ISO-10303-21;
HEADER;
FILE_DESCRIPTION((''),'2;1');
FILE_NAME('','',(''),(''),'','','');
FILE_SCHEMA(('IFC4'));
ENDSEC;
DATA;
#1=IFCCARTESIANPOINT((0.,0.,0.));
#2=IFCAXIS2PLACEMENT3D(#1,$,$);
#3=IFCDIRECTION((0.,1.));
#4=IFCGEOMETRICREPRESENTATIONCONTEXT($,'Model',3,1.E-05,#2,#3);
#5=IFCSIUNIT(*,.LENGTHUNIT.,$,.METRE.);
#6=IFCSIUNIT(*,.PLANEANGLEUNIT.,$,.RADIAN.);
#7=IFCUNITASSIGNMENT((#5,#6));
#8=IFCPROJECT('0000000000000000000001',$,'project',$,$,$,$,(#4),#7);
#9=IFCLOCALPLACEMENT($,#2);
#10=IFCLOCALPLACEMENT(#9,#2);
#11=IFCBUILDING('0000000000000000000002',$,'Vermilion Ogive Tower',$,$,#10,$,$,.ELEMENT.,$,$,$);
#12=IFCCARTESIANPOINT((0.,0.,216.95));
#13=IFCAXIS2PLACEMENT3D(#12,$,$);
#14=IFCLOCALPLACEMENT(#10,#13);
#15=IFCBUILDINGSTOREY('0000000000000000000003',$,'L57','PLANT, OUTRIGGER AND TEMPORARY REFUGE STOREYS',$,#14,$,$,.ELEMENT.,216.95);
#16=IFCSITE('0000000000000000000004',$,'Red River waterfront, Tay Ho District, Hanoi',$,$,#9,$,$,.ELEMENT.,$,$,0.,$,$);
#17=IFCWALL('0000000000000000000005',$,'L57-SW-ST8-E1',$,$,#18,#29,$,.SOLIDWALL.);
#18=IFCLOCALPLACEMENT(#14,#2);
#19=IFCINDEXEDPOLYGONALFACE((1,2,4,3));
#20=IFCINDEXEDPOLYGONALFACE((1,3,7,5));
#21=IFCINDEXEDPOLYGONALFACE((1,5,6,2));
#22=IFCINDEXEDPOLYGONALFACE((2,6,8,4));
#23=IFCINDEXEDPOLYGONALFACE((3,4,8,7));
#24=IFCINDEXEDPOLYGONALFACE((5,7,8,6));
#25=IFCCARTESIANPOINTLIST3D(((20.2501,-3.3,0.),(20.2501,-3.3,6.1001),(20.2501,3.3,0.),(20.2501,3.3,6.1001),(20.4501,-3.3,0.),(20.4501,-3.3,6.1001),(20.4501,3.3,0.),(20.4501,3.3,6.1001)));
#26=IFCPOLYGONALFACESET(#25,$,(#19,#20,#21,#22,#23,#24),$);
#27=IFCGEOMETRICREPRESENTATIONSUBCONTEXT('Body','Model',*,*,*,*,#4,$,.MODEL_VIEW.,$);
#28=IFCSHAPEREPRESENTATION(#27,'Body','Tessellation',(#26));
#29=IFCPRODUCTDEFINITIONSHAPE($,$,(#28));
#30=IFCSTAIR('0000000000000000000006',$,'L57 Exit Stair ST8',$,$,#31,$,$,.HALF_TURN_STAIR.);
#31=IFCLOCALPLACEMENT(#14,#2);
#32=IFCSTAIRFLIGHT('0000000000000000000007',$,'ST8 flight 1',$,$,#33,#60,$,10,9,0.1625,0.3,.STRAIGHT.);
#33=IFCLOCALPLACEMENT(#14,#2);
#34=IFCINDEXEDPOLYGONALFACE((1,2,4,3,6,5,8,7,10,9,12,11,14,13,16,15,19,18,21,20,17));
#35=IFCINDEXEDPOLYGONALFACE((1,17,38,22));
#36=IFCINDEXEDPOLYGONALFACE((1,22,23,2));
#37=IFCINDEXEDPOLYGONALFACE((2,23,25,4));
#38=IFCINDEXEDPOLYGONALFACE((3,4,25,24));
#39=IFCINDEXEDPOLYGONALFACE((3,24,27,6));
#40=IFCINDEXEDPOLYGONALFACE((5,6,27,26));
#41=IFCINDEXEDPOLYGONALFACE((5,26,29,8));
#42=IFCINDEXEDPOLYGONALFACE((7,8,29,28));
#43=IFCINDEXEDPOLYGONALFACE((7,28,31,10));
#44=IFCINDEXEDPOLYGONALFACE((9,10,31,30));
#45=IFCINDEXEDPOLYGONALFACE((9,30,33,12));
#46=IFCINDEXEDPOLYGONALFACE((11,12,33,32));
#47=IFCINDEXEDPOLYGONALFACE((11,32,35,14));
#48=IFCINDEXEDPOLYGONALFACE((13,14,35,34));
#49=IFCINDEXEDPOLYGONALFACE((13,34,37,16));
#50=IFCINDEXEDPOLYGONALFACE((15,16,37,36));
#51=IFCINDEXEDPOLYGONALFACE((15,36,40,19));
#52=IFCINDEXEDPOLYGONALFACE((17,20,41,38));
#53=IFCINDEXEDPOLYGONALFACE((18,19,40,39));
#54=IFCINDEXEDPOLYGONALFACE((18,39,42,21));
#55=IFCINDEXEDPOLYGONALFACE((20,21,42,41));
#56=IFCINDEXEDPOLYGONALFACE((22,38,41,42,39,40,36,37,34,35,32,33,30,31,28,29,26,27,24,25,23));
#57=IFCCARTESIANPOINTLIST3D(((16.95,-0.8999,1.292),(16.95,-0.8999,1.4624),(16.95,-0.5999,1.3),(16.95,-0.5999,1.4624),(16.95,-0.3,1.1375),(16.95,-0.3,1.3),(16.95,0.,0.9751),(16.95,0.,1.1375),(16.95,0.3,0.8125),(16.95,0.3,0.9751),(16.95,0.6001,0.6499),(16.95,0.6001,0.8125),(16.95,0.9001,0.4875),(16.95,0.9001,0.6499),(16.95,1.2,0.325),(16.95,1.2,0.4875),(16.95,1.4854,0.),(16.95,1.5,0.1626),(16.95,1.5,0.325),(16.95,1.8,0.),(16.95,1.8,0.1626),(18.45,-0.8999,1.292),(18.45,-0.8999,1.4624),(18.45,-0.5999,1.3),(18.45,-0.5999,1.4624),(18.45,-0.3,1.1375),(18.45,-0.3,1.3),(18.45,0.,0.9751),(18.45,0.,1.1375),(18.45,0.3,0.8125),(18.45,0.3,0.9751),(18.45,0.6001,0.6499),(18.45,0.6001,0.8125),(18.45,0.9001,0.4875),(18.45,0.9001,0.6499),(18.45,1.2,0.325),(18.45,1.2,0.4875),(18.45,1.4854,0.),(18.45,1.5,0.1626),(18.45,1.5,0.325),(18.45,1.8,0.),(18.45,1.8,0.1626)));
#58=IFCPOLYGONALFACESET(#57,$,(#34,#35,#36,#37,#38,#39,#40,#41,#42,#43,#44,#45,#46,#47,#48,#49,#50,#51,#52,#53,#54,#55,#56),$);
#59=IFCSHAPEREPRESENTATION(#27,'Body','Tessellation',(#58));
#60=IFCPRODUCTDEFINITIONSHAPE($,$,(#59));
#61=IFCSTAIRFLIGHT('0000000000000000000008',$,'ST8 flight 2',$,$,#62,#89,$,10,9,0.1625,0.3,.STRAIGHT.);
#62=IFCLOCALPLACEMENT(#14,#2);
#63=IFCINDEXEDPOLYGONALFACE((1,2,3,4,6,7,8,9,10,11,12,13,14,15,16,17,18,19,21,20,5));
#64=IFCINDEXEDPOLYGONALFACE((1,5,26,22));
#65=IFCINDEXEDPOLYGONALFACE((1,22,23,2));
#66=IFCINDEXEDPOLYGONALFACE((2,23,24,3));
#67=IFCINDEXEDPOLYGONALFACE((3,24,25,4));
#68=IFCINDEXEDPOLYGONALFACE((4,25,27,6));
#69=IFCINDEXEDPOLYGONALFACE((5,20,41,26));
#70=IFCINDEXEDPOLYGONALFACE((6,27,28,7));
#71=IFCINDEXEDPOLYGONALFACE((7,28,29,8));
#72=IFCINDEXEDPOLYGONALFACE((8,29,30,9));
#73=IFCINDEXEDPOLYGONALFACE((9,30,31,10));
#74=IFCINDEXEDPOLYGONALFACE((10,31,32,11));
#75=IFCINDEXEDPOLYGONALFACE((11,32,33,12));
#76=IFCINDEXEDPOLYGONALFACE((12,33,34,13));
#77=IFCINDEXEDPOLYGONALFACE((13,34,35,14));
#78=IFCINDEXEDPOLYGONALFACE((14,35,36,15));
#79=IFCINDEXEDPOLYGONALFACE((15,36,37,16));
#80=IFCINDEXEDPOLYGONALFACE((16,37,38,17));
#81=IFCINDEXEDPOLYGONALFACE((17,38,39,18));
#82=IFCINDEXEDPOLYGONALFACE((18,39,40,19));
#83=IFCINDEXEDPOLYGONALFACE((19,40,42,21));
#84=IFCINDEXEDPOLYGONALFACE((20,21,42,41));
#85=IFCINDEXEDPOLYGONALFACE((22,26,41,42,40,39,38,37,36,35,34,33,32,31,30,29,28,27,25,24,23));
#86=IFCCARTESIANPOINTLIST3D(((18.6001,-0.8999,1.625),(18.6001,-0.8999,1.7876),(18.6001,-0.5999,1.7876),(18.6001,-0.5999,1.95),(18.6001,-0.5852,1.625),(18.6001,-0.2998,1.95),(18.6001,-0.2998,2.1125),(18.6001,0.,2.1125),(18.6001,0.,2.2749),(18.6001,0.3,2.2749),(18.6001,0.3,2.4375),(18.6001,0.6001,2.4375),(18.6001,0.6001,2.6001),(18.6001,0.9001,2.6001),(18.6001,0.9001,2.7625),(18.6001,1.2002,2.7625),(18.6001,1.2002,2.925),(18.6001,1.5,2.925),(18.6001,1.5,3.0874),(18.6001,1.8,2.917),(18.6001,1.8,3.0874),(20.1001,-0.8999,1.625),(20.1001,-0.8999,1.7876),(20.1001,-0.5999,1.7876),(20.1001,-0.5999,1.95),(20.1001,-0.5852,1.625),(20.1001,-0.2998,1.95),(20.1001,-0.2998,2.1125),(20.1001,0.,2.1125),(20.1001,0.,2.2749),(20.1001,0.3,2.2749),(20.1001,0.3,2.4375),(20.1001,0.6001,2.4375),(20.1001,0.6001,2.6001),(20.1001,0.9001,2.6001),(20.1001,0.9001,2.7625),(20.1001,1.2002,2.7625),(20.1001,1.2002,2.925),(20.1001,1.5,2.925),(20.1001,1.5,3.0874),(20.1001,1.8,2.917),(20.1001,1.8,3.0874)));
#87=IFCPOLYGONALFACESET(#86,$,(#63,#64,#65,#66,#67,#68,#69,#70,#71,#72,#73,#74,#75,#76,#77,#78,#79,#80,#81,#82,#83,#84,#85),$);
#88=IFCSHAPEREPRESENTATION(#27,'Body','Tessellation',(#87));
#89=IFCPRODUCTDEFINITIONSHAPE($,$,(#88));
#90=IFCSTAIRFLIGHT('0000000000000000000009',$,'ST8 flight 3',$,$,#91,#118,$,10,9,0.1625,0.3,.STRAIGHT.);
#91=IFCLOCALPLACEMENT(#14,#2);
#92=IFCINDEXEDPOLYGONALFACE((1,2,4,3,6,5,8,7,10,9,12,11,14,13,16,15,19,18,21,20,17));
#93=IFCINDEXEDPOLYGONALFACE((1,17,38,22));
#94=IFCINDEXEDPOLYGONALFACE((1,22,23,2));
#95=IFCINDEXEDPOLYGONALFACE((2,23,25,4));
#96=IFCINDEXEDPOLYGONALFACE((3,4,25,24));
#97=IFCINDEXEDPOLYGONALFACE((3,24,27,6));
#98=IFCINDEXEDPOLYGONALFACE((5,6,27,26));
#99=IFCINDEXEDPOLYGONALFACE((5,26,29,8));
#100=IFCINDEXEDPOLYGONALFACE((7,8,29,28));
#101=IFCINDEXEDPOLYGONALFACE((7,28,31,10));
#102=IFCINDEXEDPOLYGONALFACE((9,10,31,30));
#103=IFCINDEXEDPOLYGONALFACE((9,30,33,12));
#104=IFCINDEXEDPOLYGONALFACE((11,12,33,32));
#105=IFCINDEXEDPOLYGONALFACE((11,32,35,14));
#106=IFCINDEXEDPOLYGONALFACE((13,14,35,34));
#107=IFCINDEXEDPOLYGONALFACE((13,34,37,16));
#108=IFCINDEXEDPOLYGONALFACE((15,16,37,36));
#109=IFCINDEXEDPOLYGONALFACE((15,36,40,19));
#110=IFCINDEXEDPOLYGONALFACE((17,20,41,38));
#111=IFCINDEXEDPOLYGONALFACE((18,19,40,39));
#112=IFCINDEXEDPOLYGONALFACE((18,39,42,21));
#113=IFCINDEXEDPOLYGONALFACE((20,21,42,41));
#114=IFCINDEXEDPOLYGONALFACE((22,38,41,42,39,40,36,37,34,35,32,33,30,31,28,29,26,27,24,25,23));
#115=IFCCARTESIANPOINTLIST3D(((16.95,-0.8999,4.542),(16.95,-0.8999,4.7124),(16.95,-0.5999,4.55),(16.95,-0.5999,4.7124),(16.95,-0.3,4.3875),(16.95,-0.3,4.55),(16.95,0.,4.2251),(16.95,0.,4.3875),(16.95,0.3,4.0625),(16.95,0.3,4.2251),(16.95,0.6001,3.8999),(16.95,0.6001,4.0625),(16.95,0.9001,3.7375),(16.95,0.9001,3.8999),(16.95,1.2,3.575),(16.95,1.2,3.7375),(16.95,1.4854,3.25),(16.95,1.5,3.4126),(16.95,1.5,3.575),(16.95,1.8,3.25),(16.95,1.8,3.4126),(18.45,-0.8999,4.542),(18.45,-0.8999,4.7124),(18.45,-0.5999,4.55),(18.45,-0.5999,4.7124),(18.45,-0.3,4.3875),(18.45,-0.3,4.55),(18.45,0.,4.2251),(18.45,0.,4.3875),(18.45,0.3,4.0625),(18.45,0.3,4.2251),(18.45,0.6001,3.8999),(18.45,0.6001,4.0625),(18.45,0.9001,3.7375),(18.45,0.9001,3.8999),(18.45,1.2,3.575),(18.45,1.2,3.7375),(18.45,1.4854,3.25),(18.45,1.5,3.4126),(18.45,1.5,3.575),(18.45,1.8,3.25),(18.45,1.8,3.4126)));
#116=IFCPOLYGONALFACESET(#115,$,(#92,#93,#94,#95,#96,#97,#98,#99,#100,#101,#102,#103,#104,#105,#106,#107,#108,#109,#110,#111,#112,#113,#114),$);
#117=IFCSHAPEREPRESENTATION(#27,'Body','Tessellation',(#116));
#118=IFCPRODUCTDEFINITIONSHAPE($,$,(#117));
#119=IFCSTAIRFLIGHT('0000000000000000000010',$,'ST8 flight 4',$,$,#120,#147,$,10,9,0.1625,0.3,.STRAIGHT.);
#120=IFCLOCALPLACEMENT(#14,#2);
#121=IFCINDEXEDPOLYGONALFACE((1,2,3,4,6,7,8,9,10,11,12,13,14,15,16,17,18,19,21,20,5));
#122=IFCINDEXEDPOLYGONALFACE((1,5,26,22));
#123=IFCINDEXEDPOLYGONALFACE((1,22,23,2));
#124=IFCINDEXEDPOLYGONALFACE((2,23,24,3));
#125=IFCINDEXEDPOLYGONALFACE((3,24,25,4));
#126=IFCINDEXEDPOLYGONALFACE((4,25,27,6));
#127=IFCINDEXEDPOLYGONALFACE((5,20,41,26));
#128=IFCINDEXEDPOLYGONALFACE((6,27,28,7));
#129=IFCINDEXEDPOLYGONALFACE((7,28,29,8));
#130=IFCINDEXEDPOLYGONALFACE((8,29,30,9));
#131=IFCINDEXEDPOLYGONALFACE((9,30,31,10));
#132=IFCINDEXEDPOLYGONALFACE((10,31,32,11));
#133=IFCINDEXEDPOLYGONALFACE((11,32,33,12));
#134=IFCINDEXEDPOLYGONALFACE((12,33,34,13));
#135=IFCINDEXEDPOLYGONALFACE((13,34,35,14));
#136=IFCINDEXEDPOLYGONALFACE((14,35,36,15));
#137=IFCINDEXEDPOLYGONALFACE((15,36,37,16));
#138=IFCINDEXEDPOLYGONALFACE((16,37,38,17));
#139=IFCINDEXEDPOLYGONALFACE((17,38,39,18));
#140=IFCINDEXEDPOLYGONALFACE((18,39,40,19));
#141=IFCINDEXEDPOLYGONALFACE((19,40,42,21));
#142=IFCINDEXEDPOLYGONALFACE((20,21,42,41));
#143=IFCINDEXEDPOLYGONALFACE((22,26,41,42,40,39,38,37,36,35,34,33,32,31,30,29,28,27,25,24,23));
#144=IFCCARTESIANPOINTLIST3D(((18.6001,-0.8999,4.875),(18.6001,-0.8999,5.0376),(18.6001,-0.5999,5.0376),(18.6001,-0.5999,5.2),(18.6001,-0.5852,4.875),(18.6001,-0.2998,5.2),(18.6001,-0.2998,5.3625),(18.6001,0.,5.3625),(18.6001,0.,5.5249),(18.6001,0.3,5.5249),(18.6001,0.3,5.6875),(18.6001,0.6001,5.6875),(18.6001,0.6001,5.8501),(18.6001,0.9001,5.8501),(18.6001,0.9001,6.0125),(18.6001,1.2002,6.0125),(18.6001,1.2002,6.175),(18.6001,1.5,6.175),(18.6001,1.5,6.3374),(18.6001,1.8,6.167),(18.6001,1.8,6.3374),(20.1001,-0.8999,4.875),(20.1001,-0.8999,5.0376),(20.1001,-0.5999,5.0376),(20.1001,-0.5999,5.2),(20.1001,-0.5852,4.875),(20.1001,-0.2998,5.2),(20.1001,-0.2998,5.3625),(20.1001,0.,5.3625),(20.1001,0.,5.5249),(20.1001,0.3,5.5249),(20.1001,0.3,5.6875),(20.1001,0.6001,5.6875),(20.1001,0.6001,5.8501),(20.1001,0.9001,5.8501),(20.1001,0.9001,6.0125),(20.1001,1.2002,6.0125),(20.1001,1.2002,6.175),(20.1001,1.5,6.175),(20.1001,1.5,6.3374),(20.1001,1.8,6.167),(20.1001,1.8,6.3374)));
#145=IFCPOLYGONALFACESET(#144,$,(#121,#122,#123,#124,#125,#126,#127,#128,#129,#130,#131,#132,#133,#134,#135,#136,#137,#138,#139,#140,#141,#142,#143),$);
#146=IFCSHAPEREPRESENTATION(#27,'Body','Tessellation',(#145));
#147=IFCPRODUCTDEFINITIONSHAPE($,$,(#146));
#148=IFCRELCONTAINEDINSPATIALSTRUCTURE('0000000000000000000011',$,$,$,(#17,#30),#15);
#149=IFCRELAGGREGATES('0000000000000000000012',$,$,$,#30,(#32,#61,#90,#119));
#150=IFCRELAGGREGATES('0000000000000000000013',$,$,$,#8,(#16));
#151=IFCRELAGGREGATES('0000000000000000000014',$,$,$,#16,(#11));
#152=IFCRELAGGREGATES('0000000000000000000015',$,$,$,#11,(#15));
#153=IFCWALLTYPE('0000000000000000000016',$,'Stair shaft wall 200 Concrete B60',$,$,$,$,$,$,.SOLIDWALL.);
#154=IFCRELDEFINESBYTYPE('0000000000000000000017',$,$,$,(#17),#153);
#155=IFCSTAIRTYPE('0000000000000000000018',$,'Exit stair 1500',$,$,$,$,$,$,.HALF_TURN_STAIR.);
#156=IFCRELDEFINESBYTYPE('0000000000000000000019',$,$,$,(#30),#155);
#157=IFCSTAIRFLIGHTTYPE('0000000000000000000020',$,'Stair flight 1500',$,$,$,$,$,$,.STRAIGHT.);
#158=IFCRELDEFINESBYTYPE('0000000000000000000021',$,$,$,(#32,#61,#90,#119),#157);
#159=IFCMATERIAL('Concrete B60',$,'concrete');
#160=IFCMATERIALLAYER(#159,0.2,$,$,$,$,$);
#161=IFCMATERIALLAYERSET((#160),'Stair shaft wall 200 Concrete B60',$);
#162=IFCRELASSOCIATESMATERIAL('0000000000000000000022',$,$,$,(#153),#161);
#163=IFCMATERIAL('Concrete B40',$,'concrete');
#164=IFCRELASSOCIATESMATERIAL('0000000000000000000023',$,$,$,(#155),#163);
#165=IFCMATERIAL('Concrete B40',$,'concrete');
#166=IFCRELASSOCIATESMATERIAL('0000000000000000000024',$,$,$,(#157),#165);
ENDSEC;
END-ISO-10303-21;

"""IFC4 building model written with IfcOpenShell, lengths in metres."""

from ifc_helpers import new_model, si_unit, direction, frame, frame_2d, origin, place, context, subcontext, project, spatial, polyline, rectangle, outline, extrude, material, layer, layer_set, type_object, element, aggregate, save


model = new_model("IFC4")

# Units and contexts
model_context = context("Model", 3, precision=1e-05, world=origin(), true_north=direction((0.0, 1.0)))
body_context = subcontext(model_context, "Body", "Model", "MODEL_VIEW")
ifc_project = project(units=[si_unit("LENGTHUNIT", "METRE"), si_unit("PLANEANGLEUNIT", "RADIAN")], contexts=[model_context])

# Site, building, storey
site_placement = place(None, origin())
site = spatial("IfcSite", under=ifc_project, at=site_placement, Name="Red River waterfront, Tay Ho District, Hanoi", CompositionType="ELEMENT", RefElevation=0.0)
building_placement = place(site_placement, origin())
building = spatial("IfcBuilding", under=site, at=building_placement, Name="Vermilion Ogive Tower", CompositionType="ELEMENT")
storey_placement = place(building_placement, frame((0.0, 0.0, 216.95)))
storey = spatial("IfcBuildingStorey", under=building, at=storey_placement, Name="L57", Description="PLANT, OUTRIGGER AND TEMPORARY REFUGE STOREYS", CompositionType="ELEMENT", Elevation=216.95)

# Wall
ifc_material_1 = material(Name="Concrete B60", Category="concrete")
ifc_layer_1 = layer(ifc_material_1, 0.2)
ifc_layer_set_1 = layer_set([ifc_layer_1], Name="Stair shaft wall 200 Concrete B60")
wall_type = type_object("IfcWallType", Name="Stair shaft wall 200 Concrete B60", PredefinedType="SOLIDWALL", material=ifc_layer_set_1)
wall_1_placement = place(storey_placement, frame((20.3501, -3.3, 0.0), z_axis=(0.0, 0.0, 1.0), x_axis=(0.0, 1.0, 0.0)))
element("IfcWall", 1, at=wall_1_placement, inside=storey, type_object=wall_type, Name="L57-SW-ST8-E1", PredefinedType="SOLIDWALL", context=body_context, shape_type="SweptSolid", body=[
    extrude(rectangle(XDim=6.6001, YDim=0.2, at=frame_2d((3.3, 0.0))), origin(), (0.0, 0.0, 1.0), 6.1001),
])

# Stair, stair flights
ifc_material_2 = material(Name="Concrete B40", Category="concrete")
stair_type = type_object("IfcStairType", Name="Exit stair 1500", PredefinedType="HALF_TURN_STAIR", material=ifc_material_2)
stair_placement = place(storey_placement, origin())
stair = element("IfcStair", 2, at=stair_placement, inside=storey, type_object=stair_type, Name="L57 Exit Stair ST8", PredefinedType="HALF_TURN_STAIR")
ifc_material_3 = material(Name="Concrete B40", Category="concrete")
stair_flight_type = type_object("IfcStairFlightType", Name="Stair flight 1500", PredefinedType="STRAIGHT", material=ifc_material_3)
stair_flight_1_placement = place(storey_placement, frame((17.7, 1.8, 0.0), z_axis=(0.0, 0.0, 1.0), x_axis=(0.0, -1.0, 0.0)))
stair_flight_1 = element("IfcStairFlight", 3, at=stair_flight_1_placement, type_object=stair_flight_type, Name="ST8 flight 1", NumberOfRisers=10, NumberOfTreads=9, PredefinedType="STRAIGHT", RiserHeight=0.1625, TreadLength=0.3, context=body_context, shape_type="SweptSolid", body=[
    extrude(outline(polyline([(0.0, 0.0), (0.0, 0.1626), (0.3, 0.1626), (0.3, 0.325), (0.6001, 0.325), (0.6001, 0.4875), (0.8999, 0.4875), (0.8999, 0.6499), (1.2, 0.6499), (1.2, 0.8125), (1.5, 0.8125), (1.5, 0.9751), (1.8, 0.9751), (1.8, 1.1375), (2.1001, 1.1375), (2.1001, 1.3), (2.3999, 1.3), (2.3999, 1.4624), (2.7, 1.4624), (2.7, 1.625), (2.7, 1.292), (0.3147, 0.0), (0.0, 0.0)])), frame((0.0, 0.75, 0.0), z_axis=(0.0, -1.0, 0.0), x_axis=(1.0, 0.0, 0.0)), (0.0, 0.0, 1.0), 1.5),
])
stair_flight_2_placement = place(storey_placement, frame((19.3501, -0.8999, 1.625), z_axis=(0.0, 0.0, 1.0), x_axis=(0.0, 1.0, 0.0)))
stair_flight_2 = element("IfcStairFlight", 4, at=stair_flight_2_placement, type_object=stair_flight_type, Name="ST8 flight 2", NumberOfRisers=10, NumberOfTreads=9, PredefinedType="STRAIGHT", RiserHeight=0.1625, TreadLength=0.3, context=body_context, shape_type="SweptSolid", body=[
    extrude(outline(polyline([(0.0, 0.0), (0.0, 0.1626), (0.3, 0.1626), (0.3, 0.325), (0.6001, 0.325), (0.6001, 0.4875), (0.8999, 0.4875), (0.8999, 0.6499), (1.2, 0.6499), (1.2, 0.8125), (1.5, 0.8125), (1.5, 0.9751), (1.8, 0.9751), (1.8, 1.1375), (2.1001, 1.1375), (2.1001, 1.3), (2.3999, 1.3), (2.3999, 1.4624), (2.7, 1.4624), (2.7, 1.625), (2.7, 1.292), (0.3147, 0.0), (0.0, 0.0)])), frame((0.0, 0.75, 0.0), z_axis=(0.0, -1.0, 0.0), x_axis=(1.0, 0.0, 0.0)), (0.0, 0.0, 1.0), 1.5),
])
stair_flight_3_placement = place(storey_placement, frame((17.7, 1.8, 3.25), z_axis=(0.0, 0.0, 1.0), x_axis=(0.0, -1.0, 0.0)))
stair_flight_3 = element("IfcStairFlight", 5, at=stair_flight_3_placement, type_object=stair_flight_type, Name="ST8 flight 3", NumberOfRisers=10, NumberOfTreads=9, PredefinedType="STRAIGHT", RiserHeight=0.1625, TreadLength=0.3, context=body_context, shape_type="SweptSolid", body=[
    extrude(outline(polyline([(0.0, 0.0), (0.0, 0.1626), (0.3, 0.1626), (0.3, 0.325), (0.6001, 0.325), (0.6001, 0.4875), (0.8999, 0.4875), (0.8999, 0.6499), (1.2, 0.6499), (1.2, 0.8125), (1.5, 0.8125), (1.5, 0.9751), (1.8, 0.9751), (1.8, 1.1375), (2.1001, 1.1375), (2.1001, 1.3), (2.3999, 1.3), (2.3999, 1.4624), (2.7, 1.4624), (2.7, 1.625), (2.7, 1.292), (0.3147, 0.0), (0.0, 0.0)])), frame((0.0, 0.75, 0.0), z_axis=(0.0, -1.0, 0.0), x_axis=(1.0, 0.0, 0.0)), (0.0, 0.0, 1.0), 1.5),
])
stair_flight_4_placement = place(storey_placement, frame((19.3501, -0.8999, 4.875), z_axis=(0.0, 0.0, 1.0), x_axis=(0.0, 1.0, 0.0)))
stair_flight_4 = element("IfcStairFlight", 6, at=stair_flight_4_placement, type_object=stair_flight_type, Name="ST8 flight 4", NumberOfRisers=10, NumberOfTreads=9, PredefinedType="STRAIGHT", RiserHeight=0.1625, TreadLength=0.3, context=body_context, shape_type="SweptSolid", body=[
    extrude(outline(polyline([(0.0, 0.0), (0.0, 0.1626), (0.3, 0.1626), (0.3, 0.325), (0.6001, 0.325), (0.6001, 0.4875), (0.8999, 0.4875), (0.8999, 0.6499), (1.2, 0.6499), (1.2, 0.8125), (1.5, 0.8125), (1.5, 0.9751), (1.8, 0.9751), (1.8, 1.1375), (2.1001, 1.1375), (2.1001, 1.3), (2.3999, 1.3), (2.3999, 1.4624), (2.7, 1.4624), (2.7, 1.625), (2.7, 1.292), (0.3147, 0.0), (0.0, 0.0)])), frame((0.0, 0.75, 0.0), z_axis=(0.0, -1.0, 0.0), x_axis=(1.0, 0.0, 0.0)), (0.0, 0.0, 1.0), 1.5),
])
aggregate(stair, [stair_flight_1, stair_flight_2, stair_flight_3, stair_flight_4])

save(model, "model.ifc")
